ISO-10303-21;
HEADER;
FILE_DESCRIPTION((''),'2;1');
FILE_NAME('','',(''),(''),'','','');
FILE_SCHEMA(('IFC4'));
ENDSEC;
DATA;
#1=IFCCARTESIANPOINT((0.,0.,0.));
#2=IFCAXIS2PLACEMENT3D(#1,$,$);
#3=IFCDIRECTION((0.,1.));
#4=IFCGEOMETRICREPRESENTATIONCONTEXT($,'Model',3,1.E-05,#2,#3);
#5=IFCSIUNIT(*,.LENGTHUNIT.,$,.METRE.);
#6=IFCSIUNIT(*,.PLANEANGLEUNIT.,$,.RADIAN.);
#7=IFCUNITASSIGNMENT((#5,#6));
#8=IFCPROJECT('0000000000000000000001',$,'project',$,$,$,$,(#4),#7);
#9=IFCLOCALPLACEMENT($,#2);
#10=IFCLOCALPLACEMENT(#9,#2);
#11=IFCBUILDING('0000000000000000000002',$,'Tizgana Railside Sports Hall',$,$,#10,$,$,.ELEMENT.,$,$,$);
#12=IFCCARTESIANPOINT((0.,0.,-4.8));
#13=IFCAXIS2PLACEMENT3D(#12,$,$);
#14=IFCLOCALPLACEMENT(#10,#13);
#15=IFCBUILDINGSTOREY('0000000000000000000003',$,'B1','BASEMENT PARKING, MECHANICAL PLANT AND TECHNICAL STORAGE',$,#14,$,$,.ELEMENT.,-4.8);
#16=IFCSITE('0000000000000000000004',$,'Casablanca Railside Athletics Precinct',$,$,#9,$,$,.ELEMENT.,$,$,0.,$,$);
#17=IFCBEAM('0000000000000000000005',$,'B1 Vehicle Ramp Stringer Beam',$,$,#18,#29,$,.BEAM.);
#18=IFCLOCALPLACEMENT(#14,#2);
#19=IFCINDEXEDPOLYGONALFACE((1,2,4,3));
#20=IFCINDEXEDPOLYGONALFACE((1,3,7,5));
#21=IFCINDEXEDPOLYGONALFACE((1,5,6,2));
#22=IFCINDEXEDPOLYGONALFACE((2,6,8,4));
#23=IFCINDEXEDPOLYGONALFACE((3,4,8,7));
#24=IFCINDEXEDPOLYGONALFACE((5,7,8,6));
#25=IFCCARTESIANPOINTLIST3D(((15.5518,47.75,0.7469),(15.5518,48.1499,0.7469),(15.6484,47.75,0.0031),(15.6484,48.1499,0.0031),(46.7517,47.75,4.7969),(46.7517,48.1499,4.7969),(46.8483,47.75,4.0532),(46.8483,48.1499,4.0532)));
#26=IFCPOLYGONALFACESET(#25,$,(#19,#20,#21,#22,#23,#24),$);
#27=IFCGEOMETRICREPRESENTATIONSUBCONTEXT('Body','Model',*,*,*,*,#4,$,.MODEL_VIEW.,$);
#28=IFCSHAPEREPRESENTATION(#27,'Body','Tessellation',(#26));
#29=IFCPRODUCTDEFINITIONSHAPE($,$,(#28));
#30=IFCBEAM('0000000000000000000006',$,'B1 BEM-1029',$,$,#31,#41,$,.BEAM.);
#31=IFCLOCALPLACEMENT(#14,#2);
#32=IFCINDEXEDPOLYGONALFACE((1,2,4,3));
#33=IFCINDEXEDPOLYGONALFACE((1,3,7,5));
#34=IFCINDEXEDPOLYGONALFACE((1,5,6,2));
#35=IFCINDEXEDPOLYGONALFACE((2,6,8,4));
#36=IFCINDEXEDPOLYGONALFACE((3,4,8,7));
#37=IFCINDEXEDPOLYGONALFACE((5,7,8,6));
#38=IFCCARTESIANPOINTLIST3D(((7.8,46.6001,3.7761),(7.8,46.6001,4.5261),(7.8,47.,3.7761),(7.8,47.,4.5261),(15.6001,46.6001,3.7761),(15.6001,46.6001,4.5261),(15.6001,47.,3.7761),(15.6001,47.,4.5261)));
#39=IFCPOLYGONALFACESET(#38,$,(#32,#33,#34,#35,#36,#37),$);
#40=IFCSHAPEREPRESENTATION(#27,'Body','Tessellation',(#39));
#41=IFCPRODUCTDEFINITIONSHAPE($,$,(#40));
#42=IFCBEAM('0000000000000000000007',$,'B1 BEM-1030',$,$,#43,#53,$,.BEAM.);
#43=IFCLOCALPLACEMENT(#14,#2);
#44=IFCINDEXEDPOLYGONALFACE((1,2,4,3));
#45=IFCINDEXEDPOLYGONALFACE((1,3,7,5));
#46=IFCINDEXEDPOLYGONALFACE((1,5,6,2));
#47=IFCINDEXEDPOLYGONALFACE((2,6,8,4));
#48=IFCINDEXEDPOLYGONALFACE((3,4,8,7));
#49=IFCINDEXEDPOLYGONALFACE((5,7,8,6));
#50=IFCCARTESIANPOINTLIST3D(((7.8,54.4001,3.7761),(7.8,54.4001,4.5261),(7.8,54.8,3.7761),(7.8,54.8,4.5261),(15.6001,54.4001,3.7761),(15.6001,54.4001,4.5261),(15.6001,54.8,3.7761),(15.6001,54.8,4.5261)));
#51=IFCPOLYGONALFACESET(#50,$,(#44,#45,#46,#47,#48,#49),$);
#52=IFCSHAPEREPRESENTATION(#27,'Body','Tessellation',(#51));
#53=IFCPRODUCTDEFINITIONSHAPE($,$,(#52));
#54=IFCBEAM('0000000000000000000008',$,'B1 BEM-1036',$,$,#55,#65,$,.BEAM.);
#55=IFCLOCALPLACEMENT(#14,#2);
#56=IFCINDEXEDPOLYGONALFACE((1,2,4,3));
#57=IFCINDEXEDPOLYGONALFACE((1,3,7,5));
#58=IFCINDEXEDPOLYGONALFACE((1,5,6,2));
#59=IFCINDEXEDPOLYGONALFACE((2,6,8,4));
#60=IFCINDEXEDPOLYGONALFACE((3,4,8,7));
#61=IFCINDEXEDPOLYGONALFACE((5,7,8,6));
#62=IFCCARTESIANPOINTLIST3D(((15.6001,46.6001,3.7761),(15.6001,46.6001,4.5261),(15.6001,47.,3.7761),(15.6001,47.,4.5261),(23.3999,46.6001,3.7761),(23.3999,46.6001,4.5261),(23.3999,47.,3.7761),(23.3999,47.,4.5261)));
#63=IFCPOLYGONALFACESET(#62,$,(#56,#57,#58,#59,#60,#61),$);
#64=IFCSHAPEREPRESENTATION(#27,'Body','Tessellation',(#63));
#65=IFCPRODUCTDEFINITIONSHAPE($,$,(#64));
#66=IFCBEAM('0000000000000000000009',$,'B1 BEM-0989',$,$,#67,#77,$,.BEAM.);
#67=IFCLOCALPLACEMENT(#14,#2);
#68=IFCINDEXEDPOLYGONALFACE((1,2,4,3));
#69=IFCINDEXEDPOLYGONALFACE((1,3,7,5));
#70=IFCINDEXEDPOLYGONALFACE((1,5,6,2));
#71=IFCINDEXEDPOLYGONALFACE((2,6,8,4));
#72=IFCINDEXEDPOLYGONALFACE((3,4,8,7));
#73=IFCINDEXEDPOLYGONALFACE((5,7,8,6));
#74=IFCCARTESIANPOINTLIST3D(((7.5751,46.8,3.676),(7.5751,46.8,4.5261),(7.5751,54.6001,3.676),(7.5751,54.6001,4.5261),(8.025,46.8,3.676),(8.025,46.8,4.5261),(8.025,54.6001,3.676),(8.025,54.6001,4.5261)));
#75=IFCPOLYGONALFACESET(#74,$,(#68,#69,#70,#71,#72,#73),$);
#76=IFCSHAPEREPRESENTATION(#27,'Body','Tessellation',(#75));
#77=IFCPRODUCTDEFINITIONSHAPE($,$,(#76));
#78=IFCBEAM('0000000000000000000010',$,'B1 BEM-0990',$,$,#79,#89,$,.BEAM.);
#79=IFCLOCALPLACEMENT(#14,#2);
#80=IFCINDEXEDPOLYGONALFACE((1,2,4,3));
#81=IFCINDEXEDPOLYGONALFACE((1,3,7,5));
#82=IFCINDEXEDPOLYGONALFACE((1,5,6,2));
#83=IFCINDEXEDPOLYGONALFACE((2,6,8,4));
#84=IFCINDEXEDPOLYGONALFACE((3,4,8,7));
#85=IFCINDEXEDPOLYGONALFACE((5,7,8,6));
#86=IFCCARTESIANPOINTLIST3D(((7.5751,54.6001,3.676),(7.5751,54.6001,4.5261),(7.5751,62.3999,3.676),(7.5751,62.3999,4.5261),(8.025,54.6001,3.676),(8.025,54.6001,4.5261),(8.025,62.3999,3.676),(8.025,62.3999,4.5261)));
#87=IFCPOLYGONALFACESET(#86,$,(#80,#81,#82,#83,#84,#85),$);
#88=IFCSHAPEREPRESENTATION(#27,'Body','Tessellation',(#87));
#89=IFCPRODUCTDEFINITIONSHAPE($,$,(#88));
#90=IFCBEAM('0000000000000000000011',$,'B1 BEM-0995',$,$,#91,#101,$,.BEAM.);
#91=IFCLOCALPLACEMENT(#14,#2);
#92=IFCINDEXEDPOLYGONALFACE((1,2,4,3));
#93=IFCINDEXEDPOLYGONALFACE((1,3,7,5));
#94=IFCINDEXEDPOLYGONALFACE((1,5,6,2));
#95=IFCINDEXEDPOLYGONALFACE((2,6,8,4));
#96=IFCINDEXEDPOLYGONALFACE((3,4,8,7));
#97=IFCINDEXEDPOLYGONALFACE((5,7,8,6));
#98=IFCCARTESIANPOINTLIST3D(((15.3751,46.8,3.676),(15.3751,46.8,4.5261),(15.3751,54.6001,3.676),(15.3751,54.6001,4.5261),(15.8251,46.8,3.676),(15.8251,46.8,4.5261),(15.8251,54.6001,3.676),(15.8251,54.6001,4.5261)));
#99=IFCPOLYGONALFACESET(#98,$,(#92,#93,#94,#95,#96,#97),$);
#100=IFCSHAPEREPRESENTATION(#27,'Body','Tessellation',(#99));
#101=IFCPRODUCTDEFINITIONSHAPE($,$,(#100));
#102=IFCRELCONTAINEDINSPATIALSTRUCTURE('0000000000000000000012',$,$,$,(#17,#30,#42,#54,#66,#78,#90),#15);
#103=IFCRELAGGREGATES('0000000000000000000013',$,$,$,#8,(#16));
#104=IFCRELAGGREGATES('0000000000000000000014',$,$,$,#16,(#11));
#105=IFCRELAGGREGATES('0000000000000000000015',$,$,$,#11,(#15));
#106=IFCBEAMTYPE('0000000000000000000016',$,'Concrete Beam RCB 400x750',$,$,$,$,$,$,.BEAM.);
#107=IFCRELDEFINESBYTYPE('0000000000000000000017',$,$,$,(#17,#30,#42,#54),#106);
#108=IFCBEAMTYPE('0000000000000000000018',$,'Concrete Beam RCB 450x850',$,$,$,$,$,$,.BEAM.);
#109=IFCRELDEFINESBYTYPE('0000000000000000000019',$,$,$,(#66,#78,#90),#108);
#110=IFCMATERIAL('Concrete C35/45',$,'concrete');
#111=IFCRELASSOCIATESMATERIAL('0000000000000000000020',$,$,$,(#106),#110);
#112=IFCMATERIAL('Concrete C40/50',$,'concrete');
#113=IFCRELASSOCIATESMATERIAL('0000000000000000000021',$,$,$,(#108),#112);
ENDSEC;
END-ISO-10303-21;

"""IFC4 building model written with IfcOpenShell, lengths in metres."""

from ifc_helpers import new_model, si_unit, direction, frame, origin, origin_2d, place, context, subcontext, project, spatial, rectangle, extrude, material, material_profile, profile_set, type_object, element, save


model = new_model("IFC4")

# Units and contexts
model_context = context("Model", 3, precision=1e-05, world=origin(), true_north=direction((0.0, 1.0)))
body_context = subcontext(model_context, "Body", "Model", "MODEL_VIEW")
ifc_project = project(units=[si_unit("LENGTHUNIT", "METRE"), si_unit("PLANEANGLEUNIT", "RADIAN")], contexts=[model_context])

# Site, building, storey
site_placement = place(None, origin())
site = spatial("IfcSite", under=ifc_project, at=site_placement, Name="Casablanca Railside Athletics Precinct", CompositionType="ELEMENT", RefElevation=0.0)
building_placement = place(site_placement, origin())
building = spatial("IfcBuilding", under=site, at=building_placement, Name="Tizgana Railside Sports Hall", CompositionType="ELEMENT")
storey_placement = place(building_placement, frame((0.0, 0.0, -4.8)))
storey = spatial("IfcBuildingStorey", under=building, at=storey_placement, Name="B1", Description="BASEMENT PARKING, MECHANICAL PLANT AND TECHNICAL STORAGE", CompositionType="ELEMENT", Elevation=-4.8)

# Shared definitions
ifc_material_1 = material(Name="Concrete C35/45", Category="concrete")

# Shared definitions
ifc_material_2 = material(Name="Concrete C40/50", Category="concrete")

# Beams
ifc_material_profile_1 = material_profile(ifc_material_1, rectangle(XDim=0.3999, YDim=0.75, at=origin_2d()), Name="RCB 400x750")
ifc_profile_set_1 = profile_set([ifc_material_profile_1], Name="Concrete C35/45")
beam_type_1 = type_object("IfcBeamType", Name="Concrete Beam RCB 400x750", PredefinedType="BEAM", material=ifc_profile_set_1)
beam_1_placement = place(storey_placement, frame((15.6001, 47.95, 0.375), z_axis=(0.99168, 0.0, 0.128729), x_axis=(0.0, 1.0, 0.0)))
element("IfcBeam", 1, at=beam_1_placement, inside=storey, type_object=beam_type_1, Name="B1 Vehicle Ramp Stringer Beam", PredefinedType="BEAM", context=body_context, shape_type="SweptSolid", body=[
    extrude(rectangle(XDim=0.3999, YDim=0.75, at=origin_2d()), origin(), (0.0, 0.0, 1.0), 31.4617),
])
for number, where, z_axis, x_axis, name in (
    (2, (7.8, 46.8, 4.1511), (1.0, 0.0, 0.0), (0.0, 1.0, 0.0), "B1 BEM-1029"),
    (3, (7.8, 54.6001, 4.1511), (1.0, 0.0, 0.0), (0.0, 1.0, 0.0), "B1 BEM-1030"),
):
    element("IfcBeam", number, at=place(storey_placement, frame(where, z_axis=z_axis, x_axis=x_axis)), inside=storey, type_object=beam_type_1, Name=name, PredefinedType="BEAM", context=body_context, shape_type="SweptSolid", body=[
        extrude(rectangle(XDim=0.3999, YDim=0.75, at=origin_2d()), origin(), (0.0, 0.0, 1.0), 7.8),
    ])
beam_2_placement = place(storey_placement, frame((15.6001, 46.8, 4.1511), z_axis=(1.0, 0.0, 0.0), x_axis=(0.0, 1.0, 0.0)))
element("IfcBeam", 4, at=beam_2_placement, inside=storey, type_object=beam_type_1, Name="B1 BEM-1036", PredefinedType="BEAM", context=body_context, shape_type="SweptSolid", body=[
    extrude(rectangle(XDim=0.3999, YDim=0.75, at=origin_2d()), origin(), (0.0, 0.0, 1.0), 7.7998),
])
ifc_material_profile_2 = material_profile(ifc_material_2, rectangle(XDim=0.45, YDim=0.8501, at=origin_2d()), Name="RCB 450x850")
ifc_profile_set_2 = profile_set([ifc_material_profile_2], Name="Concrete C40/50")
beam_type_2 = type_object("IfcBeamType", Name="Concrete Beam RCB 450x850", PredefinedType="BEAM", material=ifc_profile_set_2)
beam_3_placement = place(storey_placement, frame((7.8, 46.8, 4.1011), z_axis=(0.0, 1.0, 0.0), x_axis=(-1.0, 0.0, 0.0)))
element("IfcBeam", 5, at=beam_3_placement, inside=storey, type_object=beam_type_2, Name="B1 BEM-0989", PredefinedType="BEAM", context=body_context, shape_type="SweptSolid", body=[
    extrude(rectangle(XDim=0.45, YDim=0.8501, at=origin_2d()), origin(), (0.0, 0.0, 1.0), 7.8),
])
beam_4_placement = place(storey_placement, frame((7.8, 54.6001, 4.1011), z_axis=(0.0, 1.0, 0.0), x_axis=(-1.0, 0.0, 0.0)))
element("IfcBeam", 6, at=beam_4_placement, inside=storey, type_object=beam_type_2, Name="B1 BEM-0990", PredefinedType="BEAM", context=body_context, shape_type="SweptSolid", body=[
    extrude(rectangle(XDim=0.45, YDim=0.8501, at=origin_2d()), origin(), (0.0, 0.0, 1.0), 7.7998),
])
beam_5_placement = place(storey_placement, frame((15.6001, 46.8, 4.1011), z_axis=(0.0, 1.0, 0.0), x_axis=(-1.0, 0.0, 0.0)))
element("IfcBeam", 7, at=beam_5_placement, inside=storey, type_object=beam_type_2, Name="B1 BEM-0995", PredefinedType="BEAM", context=body_context, shape_type="SweptSolid", body=[
    extrude(rectangle(XDim=0.45, YDim=0.8501, at=origin_2d()), origin(), (0.0, 0.0, 1.0), 7.8),
])

save(model, "model.ifc")
